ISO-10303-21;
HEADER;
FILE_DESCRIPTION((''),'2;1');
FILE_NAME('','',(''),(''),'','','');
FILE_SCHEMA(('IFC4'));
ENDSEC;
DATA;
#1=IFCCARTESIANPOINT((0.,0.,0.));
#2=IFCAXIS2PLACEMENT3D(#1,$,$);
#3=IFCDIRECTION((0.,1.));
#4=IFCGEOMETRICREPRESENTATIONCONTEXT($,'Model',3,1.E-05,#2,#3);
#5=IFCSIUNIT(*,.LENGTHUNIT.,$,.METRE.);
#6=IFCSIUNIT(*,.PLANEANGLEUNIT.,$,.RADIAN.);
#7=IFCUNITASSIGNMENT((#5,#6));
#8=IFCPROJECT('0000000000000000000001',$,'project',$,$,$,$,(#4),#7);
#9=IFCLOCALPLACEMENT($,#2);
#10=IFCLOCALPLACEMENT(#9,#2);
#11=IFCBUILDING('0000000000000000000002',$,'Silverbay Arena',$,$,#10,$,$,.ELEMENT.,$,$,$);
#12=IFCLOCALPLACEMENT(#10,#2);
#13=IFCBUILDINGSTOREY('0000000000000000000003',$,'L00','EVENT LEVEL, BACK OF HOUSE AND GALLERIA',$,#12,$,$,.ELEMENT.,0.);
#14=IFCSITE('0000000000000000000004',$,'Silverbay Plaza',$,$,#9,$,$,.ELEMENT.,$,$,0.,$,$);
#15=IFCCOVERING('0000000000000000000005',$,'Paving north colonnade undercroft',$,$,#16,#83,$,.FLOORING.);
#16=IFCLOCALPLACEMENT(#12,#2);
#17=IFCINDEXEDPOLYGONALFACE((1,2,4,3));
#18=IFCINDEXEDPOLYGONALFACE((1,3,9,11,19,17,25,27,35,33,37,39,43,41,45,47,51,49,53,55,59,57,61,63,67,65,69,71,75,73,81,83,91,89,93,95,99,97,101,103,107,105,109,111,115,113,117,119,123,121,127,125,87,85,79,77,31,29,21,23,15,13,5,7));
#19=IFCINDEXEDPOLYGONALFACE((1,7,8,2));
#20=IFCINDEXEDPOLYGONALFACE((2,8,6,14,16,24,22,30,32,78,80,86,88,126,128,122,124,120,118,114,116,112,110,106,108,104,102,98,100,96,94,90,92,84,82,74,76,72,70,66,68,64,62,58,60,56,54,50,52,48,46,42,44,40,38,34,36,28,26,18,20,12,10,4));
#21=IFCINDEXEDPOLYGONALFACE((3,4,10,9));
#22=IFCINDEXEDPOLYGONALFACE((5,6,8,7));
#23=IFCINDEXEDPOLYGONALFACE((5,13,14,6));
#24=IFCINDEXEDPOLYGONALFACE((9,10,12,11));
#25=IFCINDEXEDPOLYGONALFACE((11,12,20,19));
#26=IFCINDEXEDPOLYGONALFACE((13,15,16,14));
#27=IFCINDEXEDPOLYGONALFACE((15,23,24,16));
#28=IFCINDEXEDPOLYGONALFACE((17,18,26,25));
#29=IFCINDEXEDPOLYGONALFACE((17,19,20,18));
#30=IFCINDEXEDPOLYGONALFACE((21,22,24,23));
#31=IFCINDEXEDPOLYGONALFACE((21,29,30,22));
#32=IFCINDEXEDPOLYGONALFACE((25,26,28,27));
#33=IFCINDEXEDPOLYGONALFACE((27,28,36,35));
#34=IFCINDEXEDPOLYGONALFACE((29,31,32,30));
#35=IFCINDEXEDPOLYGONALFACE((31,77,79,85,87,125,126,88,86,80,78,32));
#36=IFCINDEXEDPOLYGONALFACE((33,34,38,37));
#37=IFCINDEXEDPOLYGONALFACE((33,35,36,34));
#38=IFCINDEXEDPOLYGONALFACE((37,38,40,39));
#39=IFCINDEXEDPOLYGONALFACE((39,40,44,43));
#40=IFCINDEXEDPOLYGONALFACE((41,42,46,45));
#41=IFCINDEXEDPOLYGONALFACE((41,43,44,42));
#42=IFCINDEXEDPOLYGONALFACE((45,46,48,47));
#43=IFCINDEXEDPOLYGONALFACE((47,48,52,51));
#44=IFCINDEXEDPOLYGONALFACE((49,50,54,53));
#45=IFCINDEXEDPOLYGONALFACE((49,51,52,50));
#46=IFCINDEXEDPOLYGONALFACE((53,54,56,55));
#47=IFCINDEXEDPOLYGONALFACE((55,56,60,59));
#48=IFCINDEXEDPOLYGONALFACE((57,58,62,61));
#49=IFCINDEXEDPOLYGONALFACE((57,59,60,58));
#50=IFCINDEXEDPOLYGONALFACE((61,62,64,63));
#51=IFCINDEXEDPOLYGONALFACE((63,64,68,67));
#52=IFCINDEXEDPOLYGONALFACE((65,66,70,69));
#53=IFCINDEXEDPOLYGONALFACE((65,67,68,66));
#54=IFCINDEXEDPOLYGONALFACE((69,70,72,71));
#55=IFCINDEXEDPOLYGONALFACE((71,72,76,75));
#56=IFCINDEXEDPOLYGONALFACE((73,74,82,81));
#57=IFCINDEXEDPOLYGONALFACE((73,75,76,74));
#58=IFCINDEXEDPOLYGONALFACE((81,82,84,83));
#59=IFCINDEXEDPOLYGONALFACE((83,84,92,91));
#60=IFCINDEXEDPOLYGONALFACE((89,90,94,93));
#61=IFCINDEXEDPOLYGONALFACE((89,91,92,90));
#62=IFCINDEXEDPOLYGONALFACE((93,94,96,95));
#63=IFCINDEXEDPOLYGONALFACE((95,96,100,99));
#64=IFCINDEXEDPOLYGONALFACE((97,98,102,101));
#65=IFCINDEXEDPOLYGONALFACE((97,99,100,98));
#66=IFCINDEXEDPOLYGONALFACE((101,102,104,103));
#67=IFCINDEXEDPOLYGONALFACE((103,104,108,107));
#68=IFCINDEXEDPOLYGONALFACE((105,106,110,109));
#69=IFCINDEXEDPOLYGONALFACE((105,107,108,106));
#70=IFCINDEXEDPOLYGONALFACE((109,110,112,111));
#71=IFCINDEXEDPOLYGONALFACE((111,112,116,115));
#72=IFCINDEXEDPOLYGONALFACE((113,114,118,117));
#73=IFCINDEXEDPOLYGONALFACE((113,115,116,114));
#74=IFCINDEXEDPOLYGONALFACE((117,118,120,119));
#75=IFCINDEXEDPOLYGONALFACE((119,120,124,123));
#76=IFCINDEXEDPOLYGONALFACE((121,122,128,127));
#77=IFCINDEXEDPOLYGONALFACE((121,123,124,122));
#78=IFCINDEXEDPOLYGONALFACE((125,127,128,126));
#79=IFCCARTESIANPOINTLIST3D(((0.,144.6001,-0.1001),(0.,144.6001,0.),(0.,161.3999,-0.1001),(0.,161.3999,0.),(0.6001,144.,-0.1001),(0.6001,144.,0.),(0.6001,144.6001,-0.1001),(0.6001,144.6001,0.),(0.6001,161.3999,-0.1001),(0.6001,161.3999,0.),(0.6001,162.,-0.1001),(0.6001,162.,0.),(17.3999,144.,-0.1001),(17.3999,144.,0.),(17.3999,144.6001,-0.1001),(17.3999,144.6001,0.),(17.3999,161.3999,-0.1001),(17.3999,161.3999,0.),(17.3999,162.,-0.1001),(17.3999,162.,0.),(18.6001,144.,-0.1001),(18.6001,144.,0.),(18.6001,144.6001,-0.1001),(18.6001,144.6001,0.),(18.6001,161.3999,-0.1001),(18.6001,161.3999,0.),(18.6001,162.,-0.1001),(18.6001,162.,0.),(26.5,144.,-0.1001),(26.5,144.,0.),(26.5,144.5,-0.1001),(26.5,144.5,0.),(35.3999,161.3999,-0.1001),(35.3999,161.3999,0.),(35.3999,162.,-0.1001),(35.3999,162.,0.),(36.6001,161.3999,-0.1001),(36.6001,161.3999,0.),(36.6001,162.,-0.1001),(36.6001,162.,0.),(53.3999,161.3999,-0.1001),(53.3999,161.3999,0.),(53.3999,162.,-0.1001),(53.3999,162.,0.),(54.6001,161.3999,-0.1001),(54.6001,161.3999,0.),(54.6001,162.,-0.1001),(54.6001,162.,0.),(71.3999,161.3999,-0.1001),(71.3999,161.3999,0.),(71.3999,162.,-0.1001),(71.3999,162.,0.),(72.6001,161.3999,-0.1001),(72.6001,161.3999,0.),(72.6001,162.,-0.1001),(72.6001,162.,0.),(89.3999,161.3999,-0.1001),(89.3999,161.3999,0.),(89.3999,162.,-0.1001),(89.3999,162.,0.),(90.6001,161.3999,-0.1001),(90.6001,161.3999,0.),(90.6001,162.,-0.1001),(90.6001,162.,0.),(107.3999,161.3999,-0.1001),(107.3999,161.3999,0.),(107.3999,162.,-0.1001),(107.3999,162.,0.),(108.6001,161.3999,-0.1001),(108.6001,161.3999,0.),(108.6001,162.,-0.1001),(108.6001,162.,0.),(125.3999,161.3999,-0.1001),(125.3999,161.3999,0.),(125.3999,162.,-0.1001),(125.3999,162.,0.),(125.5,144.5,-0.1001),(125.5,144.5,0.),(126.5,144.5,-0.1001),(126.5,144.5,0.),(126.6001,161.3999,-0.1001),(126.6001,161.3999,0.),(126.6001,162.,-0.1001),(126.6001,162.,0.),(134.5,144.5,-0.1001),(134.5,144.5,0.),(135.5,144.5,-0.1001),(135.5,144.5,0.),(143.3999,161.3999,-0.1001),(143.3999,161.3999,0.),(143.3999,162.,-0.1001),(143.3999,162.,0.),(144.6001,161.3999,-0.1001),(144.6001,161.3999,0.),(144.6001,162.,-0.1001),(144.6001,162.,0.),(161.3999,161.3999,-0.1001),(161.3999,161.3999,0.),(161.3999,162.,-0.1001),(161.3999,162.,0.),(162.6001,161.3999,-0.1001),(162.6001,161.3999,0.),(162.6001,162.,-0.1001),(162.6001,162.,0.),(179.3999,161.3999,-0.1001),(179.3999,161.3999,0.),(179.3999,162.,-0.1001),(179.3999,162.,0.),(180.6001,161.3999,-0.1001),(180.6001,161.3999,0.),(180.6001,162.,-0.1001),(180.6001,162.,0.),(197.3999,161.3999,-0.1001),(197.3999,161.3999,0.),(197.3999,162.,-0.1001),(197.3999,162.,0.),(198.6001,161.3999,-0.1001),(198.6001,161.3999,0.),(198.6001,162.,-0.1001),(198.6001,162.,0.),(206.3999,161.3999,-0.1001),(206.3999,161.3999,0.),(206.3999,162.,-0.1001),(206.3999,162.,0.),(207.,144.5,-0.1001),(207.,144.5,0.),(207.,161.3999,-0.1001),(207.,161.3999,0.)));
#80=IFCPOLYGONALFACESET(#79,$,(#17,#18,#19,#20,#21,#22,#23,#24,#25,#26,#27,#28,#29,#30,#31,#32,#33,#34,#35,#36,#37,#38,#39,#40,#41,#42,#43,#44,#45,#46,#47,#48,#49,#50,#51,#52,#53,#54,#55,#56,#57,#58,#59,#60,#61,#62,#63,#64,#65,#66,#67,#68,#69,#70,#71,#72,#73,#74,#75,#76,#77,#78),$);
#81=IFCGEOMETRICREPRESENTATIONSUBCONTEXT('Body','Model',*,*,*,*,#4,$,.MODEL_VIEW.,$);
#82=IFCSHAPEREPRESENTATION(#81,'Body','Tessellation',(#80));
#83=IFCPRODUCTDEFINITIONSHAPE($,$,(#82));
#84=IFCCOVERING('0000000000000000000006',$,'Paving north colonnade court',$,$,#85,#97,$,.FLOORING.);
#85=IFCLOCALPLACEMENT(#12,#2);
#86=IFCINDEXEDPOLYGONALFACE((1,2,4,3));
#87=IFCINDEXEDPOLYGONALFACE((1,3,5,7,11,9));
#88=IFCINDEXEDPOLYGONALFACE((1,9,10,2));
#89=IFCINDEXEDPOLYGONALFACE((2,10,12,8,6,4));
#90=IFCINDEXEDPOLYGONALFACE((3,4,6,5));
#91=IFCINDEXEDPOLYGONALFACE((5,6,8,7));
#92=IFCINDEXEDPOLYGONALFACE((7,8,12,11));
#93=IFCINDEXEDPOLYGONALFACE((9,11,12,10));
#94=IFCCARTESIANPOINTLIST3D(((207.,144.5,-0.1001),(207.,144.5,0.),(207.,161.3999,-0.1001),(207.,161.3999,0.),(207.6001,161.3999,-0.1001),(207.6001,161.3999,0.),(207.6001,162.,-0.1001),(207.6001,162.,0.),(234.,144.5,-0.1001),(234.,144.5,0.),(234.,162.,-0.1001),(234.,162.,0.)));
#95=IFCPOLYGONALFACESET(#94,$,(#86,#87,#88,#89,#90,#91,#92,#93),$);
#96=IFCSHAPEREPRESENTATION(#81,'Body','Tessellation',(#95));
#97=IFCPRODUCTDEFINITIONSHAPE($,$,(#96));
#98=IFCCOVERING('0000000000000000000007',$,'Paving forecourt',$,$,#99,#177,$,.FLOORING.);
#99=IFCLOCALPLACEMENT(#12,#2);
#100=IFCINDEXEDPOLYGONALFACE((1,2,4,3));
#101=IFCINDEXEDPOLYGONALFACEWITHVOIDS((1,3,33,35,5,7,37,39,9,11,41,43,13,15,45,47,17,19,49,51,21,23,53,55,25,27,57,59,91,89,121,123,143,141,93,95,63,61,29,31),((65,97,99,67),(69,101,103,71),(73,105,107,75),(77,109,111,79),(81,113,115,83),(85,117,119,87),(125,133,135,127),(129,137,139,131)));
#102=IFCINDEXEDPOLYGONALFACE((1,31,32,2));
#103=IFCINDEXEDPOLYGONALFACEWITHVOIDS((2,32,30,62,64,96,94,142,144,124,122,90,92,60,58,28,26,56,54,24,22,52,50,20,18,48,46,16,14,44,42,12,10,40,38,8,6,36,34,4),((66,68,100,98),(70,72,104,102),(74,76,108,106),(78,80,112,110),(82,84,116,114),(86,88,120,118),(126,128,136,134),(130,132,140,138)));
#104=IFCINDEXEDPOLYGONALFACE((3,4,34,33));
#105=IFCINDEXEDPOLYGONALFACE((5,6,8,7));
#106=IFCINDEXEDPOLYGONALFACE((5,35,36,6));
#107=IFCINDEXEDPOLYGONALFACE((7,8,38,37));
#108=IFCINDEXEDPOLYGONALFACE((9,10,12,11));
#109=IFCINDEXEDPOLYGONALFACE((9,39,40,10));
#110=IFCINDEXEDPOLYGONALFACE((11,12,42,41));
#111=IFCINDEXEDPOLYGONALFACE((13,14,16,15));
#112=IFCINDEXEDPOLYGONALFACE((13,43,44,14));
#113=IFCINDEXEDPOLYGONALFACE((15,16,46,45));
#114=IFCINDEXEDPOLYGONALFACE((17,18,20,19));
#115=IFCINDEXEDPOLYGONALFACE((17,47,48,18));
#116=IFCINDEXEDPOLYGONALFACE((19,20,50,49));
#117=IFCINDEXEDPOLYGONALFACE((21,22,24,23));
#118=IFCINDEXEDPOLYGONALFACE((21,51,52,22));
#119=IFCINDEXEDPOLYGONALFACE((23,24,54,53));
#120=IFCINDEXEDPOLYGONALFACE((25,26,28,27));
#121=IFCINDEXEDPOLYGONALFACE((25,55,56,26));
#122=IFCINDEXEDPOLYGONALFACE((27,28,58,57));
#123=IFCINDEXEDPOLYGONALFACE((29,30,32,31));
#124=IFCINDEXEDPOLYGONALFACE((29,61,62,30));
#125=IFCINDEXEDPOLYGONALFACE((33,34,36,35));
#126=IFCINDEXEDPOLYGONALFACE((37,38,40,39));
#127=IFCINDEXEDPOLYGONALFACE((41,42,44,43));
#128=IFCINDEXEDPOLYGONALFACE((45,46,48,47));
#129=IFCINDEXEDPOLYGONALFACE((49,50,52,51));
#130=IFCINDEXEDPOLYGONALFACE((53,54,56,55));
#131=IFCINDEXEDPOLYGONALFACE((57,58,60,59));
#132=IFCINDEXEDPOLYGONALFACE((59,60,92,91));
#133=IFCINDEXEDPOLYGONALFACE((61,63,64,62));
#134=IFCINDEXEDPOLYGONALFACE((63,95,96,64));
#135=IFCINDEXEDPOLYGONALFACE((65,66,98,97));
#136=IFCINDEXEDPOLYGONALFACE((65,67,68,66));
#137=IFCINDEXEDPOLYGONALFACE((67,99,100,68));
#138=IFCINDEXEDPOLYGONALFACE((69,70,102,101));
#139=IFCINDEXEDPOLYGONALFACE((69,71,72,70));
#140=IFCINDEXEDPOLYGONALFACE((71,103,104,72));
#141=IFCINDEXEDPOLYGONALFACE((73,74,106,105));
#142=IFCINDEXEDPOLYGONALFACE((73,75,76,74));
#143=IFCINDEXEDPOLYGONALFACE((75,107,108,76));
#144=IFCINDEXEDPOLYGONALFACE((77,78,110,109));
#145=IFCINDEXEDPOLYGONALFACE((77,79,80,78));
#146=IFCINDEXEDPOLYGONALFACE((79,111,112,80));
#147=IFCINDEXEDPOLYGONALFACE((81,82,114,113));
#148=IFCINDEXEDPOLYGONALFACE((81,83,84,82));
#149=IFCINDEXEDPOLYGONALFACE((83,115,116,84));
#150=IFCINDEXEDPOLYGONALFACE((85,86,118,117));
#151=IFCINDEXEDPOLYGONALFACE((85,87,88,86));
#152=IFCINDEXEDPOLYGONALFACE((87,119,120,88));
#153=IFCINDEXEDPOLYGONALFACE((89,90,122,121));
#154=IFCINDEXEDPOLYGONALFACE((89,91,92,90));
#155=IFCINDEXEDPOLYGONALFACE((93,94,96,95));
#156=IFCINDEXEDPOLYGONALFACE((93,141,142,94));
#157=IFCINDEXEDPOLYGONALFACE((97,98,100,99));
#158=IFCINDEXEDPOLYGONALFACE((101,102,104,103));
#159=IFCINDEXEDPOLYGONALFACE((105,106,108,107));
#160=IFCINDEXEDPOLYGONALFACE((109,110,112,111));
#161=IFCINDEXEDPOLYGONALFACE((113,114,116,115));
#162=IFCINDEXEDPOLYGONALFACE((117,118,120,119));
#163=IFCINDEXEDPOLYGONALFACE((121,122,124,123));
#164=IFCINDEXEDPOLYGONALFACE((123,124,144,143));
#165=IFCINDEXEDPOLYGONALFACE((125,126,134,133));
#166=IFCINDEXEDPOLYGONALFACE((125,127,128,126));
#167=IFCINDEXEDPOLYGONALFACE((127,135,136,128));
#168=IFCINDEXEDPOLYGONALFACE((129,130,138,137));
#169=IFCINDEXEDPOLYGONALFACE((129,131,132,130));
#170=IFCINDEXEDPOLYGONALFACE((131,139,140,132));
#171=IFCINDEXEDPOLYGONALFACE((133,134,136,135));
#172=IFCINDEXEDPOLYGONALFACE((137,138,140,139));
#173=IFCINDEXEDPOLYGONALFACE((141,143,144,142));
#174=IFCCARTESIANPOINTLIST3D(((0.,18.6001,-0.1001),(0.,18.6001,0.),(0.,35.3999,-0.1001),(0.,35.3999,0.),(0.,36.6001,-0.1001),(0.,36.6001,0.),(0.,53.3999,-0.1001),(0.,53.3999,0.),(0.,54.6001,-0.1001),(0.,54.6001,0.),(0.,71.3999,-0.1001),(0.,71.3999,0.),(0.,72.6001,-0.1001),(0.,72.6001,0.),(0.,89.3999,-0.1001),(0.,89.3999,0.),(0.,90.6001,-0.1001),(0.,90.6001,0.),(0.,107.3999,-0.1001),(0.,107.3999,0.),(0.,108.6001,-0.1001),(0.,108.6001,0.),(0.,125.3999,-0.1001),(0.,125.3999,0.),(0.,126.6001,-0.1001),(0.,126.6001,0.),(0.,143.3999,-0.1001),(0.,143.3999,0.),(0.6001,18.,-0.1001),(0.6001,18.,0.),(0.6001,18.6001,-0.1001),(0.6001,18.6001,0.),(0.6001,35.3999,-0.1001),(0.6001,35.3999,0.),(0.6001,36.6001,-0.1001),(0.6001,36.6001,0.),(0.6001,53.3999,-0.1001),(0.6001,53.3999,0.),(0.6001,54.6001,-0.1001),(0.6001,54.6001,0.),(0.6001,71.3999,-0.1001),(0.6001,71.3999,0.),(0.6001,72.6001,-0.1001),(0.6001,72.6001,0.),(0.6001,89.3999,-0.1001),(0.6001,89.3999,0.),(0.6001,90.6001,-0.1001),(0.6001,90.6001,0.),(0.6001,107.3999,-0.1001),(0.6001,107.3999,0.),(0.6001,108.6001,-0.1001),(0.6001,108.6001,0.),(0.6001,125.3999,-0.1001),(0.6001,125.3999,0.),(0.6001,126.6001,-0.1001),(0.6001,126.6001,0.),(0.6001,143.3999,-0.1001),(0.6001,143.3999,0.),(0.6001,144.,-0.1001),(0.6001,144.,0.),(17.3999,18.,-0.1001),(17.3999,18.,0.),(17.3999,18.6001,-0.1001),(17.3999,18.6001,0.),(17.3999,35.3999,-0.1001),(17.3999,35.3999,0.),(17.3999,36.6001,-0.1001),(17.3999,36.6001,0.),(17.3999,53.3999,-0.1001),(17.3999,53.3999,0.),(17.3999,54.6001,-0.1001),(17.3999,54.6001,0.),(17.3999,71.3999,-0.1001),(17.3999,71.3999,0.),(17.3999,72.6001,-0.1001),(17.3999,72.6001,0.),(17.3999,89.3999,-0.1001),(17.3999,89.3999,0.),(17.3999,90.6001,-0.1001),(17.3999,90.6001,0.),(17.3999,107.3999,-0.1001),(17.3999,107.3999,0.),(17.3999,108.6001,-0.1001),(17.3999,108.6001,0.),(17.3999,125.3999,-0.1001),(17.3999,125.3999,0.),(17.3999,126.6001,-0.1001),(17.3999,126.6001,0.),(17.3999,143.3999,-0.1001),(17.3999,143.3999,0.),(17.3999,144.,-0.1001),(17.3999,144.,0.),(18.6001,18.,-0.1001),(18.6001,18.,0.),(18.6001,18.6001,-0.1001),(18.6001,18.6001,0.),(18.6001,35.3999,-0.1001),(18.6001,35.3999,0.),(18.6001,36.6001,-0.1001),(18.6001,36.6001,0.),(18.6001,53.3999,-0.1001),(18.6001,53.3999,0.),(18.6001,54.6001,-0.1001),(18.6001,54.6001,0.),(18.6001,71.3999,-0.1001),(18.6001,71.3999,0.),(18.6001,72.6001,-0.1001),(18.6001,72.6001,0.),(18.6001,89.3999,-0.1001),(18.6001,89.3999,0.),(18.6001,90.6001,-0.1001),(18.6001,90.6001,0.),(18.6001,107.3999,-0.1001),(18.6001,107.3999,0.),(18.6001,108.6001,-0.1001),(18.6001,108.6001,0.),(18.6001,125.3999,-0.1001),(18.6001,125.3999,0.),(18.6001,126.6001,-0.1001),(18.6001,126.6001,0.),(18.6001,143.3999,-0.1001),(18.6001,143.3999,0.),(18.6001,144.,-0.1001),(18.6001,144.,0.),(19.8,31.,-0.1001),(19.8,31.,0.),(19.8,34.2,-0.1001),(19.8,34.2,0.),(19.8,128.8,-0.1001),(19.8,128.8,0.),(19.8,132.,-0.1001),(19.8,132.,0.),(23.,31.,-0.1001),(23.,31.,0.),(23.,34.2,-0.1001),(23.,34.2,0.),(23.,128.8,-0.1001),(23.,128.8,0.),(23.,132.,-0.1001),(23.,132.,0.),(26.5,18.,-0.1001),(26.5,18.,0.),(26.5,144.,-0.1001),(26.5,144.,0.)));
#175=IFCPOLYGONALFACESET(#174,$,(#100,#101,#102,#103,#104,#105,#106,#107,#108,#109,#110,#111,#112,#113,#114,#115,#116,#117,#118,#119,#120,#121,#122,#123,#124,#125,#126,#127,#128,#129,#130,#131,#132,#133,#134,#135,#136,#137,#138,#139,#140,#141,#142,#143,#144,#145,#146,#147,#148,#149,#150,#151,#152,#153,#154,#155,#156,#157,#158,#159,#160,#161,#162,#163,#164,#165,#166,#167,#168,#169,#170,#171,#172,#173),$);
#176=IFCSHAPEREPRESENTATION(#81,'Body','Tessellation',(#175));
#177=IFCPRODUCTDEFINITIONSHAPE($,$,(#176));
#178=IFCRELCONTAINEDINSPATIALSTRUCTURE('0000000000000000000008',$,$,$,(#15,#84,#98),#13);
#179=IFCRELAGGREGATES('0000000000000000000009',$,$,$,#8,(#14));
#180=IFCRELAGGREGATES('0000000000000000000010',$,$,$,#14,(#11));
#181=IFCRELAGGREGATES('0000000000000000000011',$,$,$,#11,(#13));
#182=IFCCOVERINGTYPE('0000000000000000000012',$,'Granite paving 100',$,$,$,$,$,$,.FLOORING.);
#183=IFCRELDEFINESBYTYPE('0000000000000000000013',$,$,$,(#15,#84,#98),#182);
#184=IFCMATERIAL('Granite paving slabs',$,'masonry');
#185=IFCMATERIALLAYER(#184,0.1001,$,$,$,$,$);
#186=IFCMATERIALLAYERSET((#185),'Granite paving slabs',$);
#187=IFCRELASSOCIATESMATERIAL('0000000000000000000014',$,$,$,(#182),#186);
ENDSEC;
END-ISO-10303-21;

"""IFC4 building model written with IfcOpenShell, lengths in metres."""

from ifc_helpers import new_model, si_unit, direction, frame, origin, place, context, subcontext, project, spatial, polyline, outline, extrude, material, layer, layer_set, type_object, element, save


model = new_model("IFC4")

# Units and contexts
model_context = context("Model", 3, precision=1e-05, world=origin(), true_north=direction((0.0, 1.0)))
body_context = subcontext(model_context, "Body", "Model", "MODEL_VIEW")
ifc_project = project(units=[si_unit("LENGTHUNIT", "METRE"), si_unit("PLANEANGLEUNIT", "RADIAN")], contexts=[model_context])

# Site, building, storey
site_placement = place(None, origin())
site = spatial("IfcSite", under=ifc_project, at=site_placement, Name="Silverbay Plaza", CompositionType="ELEMENT", RefElevation=0.0)
building_placement = place(site_placement, origin())
building = spatial("IfcBuilding", under=site, at=building_placement, Name="Silverbay Arena", CompositionType="ELEMENT")
storey_placement = place(building_placement, origin())
storey = spatial("IfcBuildingStorey", under=building, at=storey_placement, Name="L00", Description="EVENT LEVEL, BACK OF HOUSE AND GALLERIA", CompositionType="ELEMENT", Elevation=0.0)

# Coverings
ifc_material_1 = material(Name="Granite paving slabs", Category="masonry")
ifc_layer_1 = layer(ifc_material_1, 0.1001)
ifc_layer_set_1 = layer_set([ifc_layer_1], Name="Granite paving slabs")
covering_type_1 = type_object("IfcCoveringType", Name="Granite paving 100", PredefinedType="FLOORING", material=ifc_layer_set_1)
covering_1_placement = place(storey_placement, frame((0.0, 0.0, -0.1001)))
element("IfcCovering", 1, at=covering_1_placement, inside=storey, type_object=covering_type_1, Name="Paving north colonnade undercroft", PredefinedType="FLOORING", context=body_context, shape_type="SweptSolid", body=[
    extrude(outline(polyline([(0.0, 161.3999), (0.6001, 161.3999), (0.6001, 162.0), (17.3999, 162.0), (17.3999, 161.3999), (18.6001, 161.3999), (18.6001, 162.0), (35.3999, 162.0), (35.3999, 161.3999), (36.6001, 161.3999), (36.6001, 162.0), (53.3999, 162.0), (53.3999, 161.3999), (54.6001, 161.3999), (54.6001, 162.0), (71.3999, 162.0), (71.3999, 161.3999), (72.6001, 161.3999), (72.6001, 162.0), (89.3999, 162.0), (89.3999, 161.3999), (90.6001, 161.3999), (90.6001, 162.0), (107.3999, 162.0), (107.3999, 161.3999), (108.6001, 161.3999), (108.6001, 162.0), (125.3999, 162.0), (125.3999, 161.3999), (126.6001, 161.3999), (126.6001, 162.0), (143.3999, 162.0), (143.3999, 161.3999), (144.6001, 161.3999), (144.6001, 162.0), (161.3999, 162.0), (161.3999, 161.3999), (162.6001, 161.3999), (162.6001, 162.0), (179.3999, 162.0), (179.3999, 161.3999), (180.6001, 161.3999), (180.6001, 162.0), (197.3999, 162.0), (197.3999, 161.3999), (198.6001, 161.3999), (198.6001, 162.0), (206.3999, 162.0), (206.3999, 161.3999), (207.0, 161.3999), (207.0, 144.5), (135.5, 144.5), (134.5, 144.5), (126.5, 144.5), (125.5, 144.5), (26.5, 144.5), (26.5, 144.0), (18.6001, 144.0), (18.6001, 144.6001), (17.3999, 144.6001), (17.3999, 144.0), (0.6001, 144.0), (0.6001, 144.6001), (0.0, 144.6001), (0.0, 161.3999)])), origin(), (0.0, 0.0, 1.0), 0.1001),
])
covering_2_placement = place(storey_placement, frame((0.0, 0.0, -0.1001)))
element("IfcCovering", 2, at=covering_2_placement, inside=storey, type_object=covering_type_1, Name="Paving north colonnade court", PredefinedType="FLOORING", context=body_context, shape_type="SweptSolid", body=[
    extrude(outline(polyline([(234.0, 162.0), (234.0, 144.5), (207.0, 144.5), (207.0, 161.3999), (207.6001, 161.3999), (207.6001, 162.0), (234.0, 162.0)])), origin(), (0.0, 0.0, 1.0), 0.1001),
])
covering_3_placement = place(storey_placement, frame((0.0, 0.0, -0.1001)))
element("IfcCovering", 3, at=covering_3_placement, inside=storey, type_object=covering_type_1, Name="Paving forecourt", PredefinedType="FLOORING", context=body_context, shape_type="SweptSolid", body=[
    extrude(outline(polyline([(0.0, 35.3999), (0.6001, 35.3999), (0.6001, 36.6001), (0.0, 36.6001), (0.0, 53.3999), (0.6001, 53.3999), (0.6001, 54.6001), (0.0, 54.6001), (0.0, 71.3999), (0.6001, 71.3999), (0.6001, 72.6001), (0.0, 72.6001), (0.0, 89.3999), (0.6001, 89.3999), (0.6001, 90.6001), (0.0, 90.6001), (0.0, 107.3999), (0.6001, 107.3999), (0.6001, 108.6001), (0.0, 108.6001), (0.0, 125.3999), (0.6001, 125.3999), (0.6001, 126.6001), (0.0, 126.6001), (0.0, 143.3999), (0.6001, 143.3999), (0.6001, 144.0), (17.3999, 144.0), (17.3999, 143.3999), (18.6001, 143.3999), (18.6001, 144.0), (26.5, 144.0), (26.5, 18.0), (18.6001, 18.0), (18.6001, 18.6001), (17.3999, 18.6001), (17.3999, 18.0), (0.6001, 18.0), (0.6001, 18.6001), (0.0, 18.6001), (0.0, 35.3999)]), holes=[polyline([(23.0, 34.2), (19.8, 34.2), (19.8, 31.0), (23.0, 31.0), (23.0, 34.2)]), polyline([(18.6001, 36.6001), (17.3999, 36.6001), (17.3999, 35.3999), (18.6001, 35.3999), (18.6001, 36.6001)]), polyline([(17.3999, 54.6001), (17.3999, 53.3999), (18.6001, 53.3999), (18.6001, 54.6001), (17.3999, 54.6001)]), polyline([(18.6001, 72.6001), (17.3999, 72.6001), (17.3999, 71.3999), (18.6001, 71.3999), (18.6001, 72.6001)]), polyline([(18.6001, 90.6001), (17.3999, 90.6001), (17.3999, 89.3999), (18.6001, 89.3999), (18.6001, 90.6001)]), polyline([(18.6001, 108.6001), (17.3999, 108.6001), (17.3999, 107.3999), (18.6001, 107.3999), (18.6001, 108.6001)]), polyline([(17.3999, 126.6001), (17.3999, 125.3999), (18.6001, 125.3999), (18.6001, 126.6001), (17.3999, 126.6001)]), polyline([(23.0, 132.0), (19.8, 132.0), (19.8, 128.8), (23.0, 128.8), (23.0, 132.0)])]), origin(), (0.0, 0.0, 1.0), 0.1001),
])

save(model, "model.ifc")
